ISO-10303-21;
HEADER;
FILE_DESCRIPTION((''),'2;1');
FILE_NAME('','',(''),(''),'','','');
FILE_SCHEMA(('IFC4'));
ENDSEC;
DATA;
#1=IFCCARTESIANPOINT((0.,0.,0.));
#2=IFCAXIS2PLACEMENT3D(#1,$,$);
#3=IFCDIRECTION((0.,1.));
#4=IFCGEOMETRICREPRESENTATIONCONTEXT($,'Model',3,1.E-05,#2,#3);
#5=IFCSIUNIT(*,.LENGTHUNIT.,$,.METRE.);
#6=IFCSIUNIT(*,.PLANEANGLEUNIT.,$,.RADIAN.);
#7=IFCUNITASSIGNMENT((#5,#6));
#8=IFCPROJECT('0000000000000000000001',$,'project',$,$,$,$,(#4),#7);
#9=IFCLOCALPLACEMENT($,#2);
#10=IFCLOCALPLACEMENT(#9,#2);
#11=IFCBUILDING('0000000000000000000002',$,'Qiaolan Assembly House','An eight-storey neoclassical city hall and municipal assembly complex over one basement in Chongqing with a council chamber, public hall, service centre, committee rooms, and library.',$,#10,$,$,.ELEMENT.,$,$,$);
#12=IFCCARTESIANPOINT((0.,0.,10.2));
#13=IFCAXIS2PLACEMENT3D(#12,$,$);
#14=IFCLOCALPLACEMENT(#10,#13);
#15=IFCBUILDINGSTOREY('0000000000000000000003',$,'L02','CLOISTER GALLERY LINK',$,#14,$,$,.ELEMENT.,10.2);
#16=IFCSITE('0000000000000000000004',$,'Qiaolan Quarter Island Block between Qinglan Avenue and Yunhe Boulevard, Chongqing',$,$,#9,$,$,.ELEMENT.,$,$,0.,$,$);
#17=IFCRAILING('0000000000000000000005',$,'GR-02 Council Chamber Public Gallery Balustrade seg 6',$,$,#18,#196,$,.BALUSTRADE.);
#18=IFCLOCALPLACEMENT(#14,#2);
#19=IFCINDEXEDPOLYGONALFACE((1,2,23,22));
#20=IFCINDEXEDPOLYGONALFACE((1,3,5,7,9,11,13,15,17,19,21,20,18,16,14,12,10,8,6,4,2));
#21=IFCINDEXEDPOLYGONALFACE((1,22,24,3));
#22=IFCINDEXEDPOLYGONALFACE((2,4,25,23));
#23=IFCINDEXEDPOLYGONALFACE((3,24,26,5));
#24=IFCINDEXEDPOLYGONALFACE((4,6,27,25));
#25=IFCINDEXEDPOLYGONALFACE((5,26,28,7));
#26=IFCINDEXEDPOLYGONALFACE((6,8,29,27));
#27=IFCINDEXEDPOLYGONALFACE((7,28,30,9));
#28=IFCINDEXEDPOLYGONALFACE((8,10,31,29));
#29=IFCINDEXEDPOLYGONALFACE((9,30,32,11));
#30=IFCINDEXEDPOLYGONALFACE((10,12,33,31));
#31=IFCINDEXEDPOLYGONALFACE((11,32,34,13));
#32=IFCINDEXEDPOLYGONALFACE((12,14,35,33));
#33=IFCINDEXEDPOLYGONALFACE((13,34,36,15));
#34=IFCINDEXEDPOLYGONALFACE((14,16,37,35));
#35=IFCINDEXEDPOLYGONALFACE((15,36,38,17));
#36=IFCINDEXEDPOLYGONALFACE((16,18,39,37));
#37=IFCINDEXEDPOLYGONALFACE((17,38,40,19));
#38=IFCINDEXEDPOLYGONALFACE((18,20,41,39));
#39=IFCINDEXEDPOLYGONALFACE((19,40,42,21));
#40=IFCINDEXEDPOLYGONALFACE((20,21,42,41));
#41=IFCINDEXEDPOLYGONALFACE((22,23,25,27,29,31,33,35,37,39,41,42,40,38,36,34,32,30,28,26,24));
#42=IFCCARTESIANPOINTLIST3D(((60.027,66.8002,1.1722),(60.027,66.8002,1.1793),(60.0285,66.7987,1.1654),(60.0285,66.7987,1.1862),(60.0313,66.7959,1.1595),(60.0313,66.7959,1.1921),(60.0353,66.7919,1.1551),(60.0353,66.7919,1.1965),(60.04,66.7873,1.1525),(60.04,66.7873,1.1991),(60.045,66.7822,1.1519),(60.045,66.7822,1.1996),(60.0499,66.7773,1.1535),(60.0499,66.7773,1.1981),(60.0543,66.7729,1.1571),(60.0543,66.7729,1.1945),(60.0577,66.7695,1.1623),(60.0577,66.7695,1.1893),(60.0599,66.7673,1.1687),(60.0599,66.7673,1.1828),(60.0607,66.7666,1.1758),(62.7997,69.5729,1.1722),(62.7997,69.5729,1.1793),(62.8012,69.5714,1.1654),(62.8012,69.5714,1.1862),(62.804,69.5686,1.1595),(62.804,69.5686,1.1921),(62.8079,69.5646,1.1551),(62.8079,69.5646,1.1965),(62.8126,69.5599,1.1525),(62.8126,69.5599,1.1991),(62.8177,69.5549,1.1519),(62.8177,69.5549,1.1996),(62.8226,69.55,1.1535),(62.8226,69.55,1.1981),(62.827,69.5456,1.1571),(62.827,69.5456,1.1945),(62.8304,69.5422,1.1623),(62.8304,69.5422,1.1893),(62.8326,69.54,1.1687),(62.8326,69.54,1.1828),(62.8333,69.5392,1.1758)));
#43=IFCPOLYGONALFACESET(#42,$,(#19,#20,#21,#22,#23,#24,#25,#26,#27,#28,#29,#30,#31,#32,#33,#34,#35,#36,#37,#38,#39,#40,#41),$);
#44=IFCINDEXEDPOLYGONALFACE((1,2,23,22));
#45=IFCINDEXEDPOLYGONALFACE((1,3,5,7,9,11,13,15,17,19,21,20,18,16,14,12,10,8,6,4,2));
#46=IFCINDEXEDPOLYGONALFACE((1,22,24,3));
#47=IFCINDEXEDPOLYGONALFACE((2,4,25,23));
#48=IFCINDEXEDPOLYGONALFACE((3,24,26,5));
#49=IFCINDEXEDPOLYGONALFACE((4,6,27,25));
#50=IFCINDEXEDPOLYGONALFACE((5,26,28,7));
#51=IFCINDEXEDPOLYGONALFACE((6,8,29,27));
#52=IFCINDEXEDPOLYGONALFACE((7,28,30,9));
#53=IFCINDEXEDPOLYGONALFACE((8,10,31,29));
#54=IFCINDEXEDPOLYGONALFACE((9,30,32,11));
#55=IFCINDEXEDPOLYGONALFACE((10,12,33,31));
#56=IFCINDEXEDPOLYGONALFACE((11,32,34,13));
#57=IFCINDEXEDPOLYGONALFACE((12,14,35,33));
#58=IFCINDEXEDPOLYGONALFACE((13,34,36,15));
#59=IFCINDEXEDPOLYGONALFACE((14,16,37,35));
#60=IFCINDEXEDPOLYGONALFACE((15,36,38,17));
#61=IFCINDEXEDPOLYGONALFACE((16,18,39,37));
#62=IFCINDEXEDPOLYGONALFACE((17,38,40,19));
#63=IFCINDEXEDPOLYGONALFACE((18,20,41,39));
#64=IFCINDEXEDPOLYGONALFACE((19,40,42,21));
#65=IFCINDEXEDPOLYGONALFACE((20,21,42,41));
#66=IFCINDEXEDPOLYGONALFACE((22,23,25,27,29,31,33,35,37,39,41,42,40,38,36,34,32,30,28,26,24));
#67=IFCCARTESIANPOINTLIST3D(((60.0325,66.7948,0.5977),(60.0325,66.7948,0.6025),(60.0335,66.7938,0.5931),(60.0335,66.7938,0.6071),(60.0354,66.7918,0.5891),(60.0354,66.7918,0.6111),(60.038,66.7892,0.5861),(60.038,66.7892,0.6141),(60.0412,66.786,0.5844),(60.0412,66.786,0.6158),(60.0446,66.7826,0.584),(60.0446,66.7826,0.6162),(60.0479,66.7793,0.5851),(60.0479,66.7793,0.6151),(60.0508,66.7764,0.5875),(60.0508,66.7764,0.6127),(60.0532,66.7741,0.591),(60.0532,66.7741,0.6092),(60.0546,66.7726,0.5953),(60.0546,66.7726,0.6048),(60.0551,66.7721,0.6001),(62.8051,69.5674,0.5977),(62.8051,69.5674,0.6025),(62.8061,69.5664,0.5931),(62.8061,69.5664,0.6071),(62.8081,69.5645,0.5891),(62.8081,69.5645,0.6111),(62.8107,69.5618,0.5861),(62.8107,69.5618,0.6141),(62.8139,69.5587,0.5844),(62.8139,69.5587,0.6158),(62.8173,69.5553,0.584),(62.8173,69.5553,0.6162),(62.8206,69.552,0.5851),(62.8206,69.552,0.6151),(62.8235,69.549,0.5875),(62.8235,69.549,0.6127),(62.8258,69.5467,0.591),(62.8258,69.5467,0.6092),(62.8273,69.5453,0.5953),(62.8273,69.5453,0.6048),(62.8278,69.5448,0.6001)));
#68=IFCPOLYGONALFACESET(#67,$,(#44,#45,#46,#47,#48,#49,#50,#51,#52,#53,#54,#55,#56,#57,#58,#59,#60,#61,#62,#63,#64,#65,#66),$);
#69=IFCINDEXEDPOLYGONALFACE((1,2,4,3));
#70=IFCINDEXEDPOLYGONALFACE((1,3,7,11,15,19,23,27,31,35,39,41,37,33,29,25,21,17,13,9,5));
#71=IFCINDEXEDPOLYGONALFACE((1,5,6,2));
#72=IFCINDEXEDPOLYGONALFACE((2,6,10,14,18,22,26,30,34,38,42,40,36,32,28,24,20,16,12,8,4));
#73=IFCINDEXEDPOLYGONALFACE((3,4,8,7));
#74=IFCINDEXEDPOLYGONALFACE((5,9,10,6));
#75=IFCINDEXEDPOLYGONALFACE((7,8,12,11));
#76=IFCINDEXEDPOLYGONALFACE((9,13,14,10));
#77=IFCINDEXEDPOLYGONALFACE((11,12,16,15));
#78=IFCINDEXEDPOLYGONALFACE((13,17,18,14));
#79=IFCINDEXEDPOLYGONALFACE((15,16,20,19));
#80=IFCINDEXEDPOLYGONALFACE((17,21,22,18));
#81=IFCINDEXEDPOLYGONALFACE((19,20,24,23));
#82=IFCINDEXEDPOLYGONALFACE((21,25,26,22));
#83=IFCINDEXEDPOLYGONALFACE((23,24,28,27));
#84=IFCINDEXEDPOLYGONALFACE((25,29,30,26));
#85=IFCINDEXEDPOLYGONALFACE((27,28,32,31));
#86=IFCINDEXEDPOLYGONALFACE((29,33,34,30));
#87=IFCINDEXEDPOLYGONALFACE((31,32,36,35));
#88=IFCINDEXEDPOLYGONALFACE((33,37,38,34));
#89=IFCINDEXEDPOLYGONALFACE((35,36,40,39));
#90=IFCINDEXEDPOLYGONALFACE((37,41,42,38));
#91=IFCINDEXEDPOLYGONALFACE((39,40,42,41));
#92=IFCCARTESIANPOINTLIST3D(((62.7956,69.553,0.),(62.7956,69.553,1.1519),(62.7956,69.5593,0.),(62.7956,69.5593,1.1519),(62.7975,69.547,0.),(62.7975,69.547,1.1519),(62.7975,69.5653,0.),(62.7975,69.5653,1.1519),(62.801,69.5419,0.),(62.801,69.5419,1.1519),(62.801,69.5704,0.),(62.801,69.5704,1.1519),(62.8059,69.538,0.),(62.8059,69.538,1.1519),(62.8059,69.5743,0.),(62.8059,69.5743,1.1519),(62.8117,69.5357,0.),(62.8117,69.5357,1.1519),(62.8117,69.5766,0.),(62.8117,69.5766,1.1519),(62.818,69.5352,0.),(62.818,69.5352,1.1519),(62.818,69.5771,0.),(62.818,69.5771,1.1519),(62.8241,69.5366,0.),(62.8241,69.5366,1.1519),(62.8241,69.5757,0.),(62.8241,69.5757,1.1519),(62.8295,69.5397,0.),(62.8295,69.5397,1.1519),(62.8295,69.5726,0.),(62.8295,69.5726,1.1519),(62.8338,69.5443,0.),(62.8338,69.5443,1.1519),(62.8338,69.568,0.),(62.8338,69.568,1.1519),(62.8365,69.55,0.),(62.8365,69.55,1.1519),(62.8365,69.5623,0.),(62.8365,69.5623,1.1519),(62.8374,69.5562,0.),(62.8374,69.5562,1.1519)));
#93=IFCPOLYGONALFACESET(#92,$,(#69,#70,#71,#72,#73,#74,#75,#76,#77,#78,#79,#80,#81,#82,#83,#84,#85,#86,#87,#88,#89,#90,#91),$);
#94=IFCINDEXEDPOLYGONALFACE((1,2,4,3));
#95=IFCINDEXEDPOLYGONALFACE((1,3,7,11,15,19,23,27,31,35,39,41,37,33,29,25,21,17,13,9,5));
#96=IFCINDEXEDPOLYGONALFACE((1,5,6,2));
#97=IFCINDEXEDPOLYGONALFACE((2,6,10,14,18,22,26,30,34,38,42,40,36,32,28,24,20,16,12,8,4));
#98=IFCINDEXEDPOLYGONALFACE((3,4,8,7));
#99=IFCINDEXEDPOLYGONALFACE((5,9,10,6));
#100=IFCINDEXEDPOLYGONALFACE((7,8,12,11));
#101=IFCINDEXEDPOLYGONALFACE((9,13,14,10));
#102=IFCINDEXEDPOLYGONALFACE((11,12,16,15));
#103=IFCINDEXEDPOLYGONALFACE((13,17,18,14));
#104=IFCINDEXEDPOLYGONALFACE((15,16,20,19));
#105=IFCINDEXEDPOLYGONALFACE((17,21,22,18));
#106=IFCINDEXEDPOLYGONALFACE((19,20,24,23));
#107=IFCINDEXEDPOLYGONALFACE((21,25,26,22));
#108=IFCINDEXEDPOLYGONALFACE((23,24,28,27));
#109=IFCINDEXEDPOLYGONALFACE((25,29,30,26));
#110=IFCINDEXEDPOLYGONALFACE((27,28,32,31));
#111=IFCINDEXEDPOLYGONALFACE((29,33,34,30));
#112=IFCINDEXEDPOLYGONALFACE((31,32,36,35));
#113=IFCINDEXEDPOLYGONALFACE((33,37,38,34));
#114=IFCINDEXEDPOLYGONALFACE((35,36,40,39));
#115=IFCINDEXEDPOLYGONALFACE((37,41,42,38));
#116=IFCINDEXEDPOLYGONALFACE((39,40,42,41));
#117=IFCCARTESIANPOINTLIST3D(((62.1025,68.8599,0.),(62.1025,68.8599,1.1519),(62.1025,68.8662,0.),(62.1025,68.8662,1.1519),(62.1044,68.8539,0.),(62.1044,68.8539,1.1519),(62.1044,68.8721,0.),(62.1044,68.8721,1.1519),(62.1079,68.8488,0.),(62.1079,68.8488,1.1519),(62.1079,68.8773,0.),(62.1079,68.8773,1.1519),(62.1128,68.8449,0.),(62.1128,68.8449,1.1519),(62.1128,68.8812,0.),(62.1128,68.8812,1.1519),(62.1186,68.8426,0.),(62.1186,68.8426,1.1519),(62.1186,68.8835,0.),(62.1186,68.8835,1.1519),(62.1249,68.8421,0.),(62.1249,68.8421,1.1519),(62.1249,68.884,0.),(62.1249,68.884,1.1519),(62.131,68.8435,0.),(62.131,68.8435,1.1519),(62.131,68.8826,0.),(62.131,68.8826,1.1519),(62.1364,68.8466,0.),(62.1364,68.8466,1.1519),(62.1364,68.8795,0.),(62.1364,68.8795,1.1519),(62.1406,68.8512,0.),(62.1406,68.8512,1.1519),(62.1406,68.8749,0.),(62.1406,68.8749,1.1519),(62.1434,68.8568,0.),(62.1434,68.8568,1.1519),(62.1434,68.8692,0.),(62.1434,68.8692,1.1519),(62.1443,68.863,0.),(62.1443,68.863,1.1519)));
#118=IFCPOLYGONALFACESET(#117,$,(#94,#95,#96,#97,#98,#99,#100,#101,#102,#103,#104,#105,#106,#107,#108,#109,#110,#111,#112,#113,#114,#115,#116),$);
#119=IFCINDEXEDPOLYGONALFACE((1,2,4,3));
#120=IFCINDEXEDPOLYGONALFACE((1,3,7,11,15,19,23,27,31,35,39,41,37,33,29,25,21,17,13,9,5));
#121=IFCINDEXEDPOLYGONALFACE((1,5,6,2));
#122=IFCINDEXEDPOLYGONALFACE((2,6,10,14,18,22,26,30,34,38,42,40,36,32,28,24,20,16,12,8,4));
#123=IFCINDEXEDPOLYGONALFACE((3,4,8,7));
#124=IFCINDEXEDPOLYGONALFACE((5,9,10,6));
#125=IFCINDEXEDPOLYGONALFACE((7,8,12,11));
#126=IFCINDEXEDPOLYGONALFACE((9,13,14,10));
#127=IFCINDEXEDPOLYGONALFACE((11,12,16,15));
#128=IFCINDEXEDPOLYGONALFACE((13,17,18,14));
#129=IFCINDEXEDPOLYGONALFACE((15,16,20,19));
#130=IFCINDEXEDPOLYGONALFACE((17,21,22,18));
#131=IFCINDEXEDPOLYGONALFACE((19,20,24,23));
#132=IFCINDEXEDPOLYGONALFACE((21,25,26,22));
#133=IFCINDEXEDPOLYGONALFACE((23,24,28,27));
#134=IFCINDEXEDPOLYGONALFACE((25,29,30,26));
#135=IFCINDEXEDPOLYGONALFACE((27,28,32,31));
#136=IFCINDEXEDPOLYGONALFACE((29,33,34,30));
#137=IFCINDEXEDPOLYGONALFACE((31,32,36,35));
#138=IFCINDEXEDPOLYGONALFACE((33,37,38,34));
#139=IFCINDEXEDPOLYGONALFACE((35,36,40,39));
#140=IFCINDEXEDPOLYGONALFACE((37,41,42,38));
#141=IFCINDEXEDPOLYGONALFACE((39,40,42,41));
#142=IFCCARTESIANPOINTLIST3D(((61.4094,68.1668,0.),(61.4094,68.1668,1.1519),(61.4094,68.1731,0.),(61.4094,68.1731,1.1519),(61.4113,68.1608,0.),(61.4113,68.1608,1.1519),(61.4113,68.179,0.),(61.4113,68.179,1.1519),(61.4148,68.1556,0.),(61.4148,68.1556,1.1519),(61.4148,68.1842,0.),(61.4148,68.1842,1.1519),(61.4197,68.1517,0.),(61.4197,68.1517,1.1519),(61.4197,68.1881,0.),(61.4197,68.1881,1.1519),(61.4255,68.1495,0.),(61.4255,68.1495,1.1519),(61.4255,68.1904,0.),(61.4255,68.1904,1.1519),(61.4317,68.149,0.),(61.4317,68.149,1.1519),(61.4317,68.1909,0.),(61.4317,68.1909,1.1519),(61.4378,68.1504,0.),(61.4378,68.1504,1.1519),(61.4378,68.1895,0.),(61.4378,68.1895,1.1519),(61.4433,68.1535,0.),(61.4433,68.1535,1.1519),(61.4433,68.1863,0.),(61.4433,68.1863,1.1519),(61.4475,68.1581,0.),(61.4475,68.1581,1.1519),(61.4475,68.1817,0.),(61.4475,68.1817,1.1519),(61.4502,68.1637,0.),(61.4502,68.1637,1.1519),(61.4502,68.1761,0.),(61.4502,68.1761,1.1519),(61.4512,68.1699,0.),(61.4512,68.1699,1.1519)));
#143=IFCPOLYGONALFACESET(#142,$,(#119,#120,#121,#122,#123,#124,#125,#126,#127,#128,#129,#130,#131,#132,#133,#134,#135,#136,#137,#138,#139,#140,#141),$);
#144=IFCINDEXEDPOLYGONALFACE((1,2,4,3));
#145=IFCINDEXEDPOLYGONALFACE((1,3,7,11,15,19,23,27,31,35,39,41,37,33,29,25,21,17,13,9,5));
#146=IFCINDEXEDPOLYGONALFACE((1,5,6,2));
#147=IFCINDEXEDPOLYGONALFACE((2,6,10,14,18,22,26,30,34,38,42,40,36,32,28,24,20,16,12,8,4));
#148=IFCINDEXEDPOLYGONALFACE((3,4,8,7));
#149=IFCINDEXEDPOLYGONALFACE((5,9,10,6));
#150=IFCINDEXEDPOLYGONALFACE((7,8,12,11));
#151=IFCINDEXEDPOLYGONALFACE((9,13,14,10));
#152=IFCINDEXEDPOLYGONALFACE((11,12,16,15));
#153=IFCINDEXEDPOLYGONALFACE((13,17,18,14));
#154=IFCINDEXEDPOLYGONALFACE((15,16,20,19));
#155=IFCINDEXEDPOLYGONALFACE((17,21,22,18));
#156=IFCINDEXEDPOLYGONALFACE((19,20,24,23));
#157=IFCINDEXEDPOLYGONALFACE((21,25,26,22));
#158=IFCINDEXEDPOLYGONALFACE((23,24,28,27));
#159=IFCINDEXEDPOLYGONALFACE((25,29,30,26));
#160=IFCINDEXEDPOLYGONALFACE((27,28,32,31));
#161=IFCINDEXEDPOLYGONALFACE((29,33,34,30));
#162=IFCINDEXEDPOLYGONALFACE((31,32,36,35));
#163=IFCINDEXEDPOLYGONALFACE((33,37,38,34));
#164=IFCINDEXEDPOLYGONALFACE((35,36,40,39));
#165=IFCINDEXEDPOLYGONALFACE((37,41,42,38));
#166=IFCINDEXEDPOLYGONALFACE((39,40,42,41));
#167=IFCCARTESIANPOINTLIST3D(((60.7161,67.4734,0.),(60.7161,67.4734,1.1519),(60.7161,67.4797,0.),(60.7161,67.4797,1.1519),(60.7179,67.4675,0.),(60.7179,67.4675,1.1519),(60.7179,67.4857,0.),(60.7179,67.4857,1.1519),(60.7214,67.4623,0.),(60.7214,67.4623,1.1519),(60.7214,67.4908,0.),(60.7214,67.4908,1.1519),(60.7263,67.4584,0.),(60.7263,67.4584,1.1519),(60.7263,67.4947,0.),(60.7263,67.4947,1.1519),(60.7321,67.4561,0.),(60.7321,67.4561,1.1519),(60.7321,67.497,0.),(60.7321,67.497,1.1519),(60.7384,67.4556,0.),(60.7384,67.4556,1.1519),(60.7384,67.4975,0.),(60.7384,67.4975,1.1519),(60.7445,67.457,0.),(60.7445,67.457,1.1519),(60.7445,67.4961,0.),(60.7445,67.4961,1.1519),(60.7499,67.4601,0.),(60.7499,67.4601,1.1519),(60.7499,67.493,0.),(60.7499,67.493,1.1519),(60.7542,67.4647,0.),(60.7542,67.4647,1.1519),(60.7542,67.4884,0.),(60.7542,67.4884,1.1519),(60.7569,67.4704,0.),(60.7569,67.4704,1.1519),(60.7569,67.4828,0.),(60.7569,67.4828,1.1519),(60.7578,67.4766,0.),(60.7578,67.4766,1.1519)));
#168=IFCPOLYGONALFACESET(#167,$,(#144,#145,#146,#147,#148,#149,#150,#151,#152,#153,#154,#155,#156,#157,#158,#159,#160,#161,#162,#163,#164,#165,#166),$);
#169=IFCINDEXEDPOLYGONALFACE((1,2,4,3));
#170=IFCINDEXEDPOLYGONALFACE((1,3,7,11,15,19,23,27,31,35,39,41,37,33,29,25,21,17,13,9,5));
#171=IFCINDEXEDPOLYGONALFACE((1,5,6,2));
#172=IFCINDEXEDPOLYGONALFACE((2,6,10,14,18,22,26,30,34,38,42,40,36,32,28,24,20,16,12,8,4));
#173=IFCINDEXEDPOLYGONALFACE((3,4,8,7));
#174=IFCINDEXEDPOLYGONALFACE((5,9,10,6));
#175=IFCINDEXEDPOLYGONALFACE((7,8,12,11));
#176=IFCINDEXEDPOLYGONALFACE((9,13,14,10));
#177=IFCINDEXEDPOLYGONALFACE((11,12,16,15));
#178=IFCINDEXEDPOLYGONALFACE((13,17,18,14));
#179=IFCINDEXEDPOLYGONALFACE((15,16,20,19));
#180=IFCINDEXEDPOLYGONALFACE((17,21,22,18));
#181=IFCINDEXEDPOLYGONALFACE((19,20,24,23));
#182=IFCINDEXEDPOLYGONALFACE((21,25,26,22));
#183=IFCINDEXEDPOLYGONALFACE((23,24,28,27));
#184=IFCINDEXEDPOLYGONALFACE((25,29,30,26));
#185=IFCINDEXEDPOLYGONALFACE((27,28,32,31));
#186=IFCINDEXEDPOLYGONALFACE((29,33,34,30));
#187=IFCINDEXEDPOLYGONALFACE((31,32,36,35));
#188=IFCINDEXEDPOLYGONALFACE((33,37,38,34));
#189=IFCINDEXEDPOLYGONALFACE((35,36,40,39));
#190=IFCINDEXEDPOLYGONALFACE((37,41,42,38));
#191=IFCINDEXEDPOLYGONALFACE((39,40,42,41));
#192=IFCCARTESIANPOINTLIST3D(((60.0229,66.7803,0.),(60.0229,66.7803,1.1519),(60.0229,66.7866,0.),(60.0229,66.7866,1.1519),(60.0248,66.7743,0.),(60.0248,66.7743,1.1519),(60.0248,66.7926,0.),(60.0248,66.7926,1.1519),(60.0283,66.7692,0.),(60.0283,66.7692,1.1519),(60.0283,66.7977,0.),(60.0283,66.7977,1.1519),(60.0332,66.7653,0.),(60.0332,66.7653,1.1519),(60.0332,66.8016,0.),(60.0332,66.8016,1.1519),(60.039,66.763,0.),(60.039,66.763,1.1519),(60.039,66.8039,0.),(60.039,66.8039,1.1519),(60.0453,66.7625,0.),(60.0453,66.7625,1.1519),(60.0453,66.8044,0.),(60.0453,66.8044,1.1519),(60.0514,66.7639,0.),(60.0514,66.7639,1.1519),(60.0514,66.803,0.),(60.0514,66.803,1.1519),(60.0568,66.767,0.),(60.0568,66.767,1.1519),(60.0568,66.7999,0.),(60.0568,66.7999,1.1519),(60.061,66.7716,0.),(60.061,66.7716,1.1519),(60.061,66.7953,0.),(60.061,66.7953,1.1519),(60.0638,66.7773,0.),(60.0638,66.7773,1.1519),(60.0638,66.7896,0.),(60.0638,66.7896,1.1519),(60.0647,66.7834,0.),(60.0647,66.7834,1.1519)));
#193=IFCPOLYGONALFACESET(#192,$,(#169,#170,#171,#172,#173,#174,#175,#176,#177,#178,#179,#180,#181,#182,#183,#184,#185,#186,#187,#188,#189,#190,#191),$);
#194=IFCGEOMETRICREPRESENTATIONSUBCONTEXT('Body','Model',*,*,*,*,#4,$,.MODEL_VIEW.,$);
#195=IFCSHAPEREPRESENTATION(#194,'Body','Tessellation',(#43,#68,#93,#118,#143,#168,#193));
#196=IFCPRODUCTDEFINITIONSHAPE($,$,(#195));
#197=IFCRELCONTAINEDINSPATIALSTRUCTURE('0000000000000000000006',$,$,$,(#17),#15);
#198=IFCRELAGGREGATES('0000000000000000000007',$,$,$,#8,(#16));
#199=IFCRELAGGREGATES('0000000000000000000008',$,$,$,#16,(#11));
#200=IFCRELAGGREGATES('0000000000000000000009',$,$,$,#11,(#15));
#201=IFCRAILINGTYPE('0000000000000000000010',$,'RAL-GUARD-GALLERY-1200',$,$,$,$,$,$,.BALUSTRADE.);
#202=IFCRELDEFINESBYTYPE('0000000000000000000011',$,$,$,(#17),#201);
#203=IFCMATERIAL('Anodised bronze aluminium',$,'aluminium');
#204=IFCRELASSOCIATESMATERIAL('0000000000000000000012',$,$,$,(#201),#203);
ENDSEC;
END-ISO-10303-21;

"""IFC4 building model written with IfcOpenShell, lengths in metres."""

from ifc_helpers import new_model, si_unit, direction, frame, origin, origin_2d, place, context, subcontext, project, spatial, circle, extrude, material, type_object, element, save


model = new_model("IFC4")

# Units and contexts
model_context = context("Model", 3, precision=1e-05, world=origin(), true_north=direction((0.0, 1.0)))
body_context = subcontext(model_context, "Body", "Model", "MODEL_VIEW")
ifc_project = project(units=[si_unit("LENGTHUNIT", "METRE"), si_unit("PLANEANGLEUNIT", "RADIAN")], contexts=[model_context])

# Site, building, storey
site_placement = place(None, origin())
site = spatial("IfcSite", under=ifc_project, at=site_placement, Name="Qiaolan Quarter Island Block between Qinglan Avenue and Yunhe Boulevard, Chongqing", CompositionType="ELEMENT", RefElevation=0.0)
building_placement = place(site_placement, origin())
building = spatial("IfcBuilding", under=site, at=building_placement, Name="Qiaolan Assembly House", Description="An eight-storey neoclassical city hall and municipal assembly complex over one basement in Chongqing with a council chamber, public hall, service centre, committee rooms, and library.", CompositionType="ELEMENT")
storey_placement = place(building_placement, frame((0.0, 0.0, 10.2)))
storey = spatial("IfcBuildingStorey", under=building, at=storey_placement, Name="L02", Description="CLOISTER GALLERY LINK", CompositionType="ELEMENT", Elevation=10.2)

# Railing
ifc_material_1 = material(Name="Anodised bronze aluminium", Category="aluminium")
railing_type = type_object("IfcRailingType", Name="RAL-GUARD-GALLERY-1200", PredefinedType="BALUSTRADE", material=ifc_material_1)
railing_1_placement = place(storey_placement, frame((62.8164, 69.5562, 0.0)))
element("IfcRailing", 1, at=railing_1_placement, inside=storey, type_object=railing_type, Name="GR-02 Council Chamber Public Gallery Balustrade seg 6", PredefinedType="BALUSTRADE", context=body_context, shape_type="SweptSolid", body=[
    extrude(circle(Radius=0.0239, at=origin_2d()), frame((0.0, 0.0, 1.1758), z_axis=(-0.707107, -0.707107, 0.0), x_axis=(0.707107, -0.707107, 0.0)), (0.0, 0.0, 1.0), 3.9211),
    extrude(circle(Radius=0.0161, at=origin_2d()), frame((0.0, 0.0, 0.6001), z_axis=(-0.707107, -0.707107, 0.0), x_axis=(0.707107, -0.707107, 0.0)), (0.0, 0.0, 1.0), 3.9211),
    extrude(circle(Radius=0.021, at=origin_2d()), origin(), (0.0, 0.0, 1.0), 1.1519),
    extrude(circle(Radius=0.021, at=origin_2d()), frame((-0.6931, -0.6931, 0.0)), (0.0, 0.0, 1.0), 1.1519),
    extrude(circle(Radius=0.021, at=origin_2d()), frame((-1.3862, -1.3862, 0.0)), (0.0, 0.0, 1.0), 1.1519),
    extrude(circle(Radius=0.021, at=origin_2d()), frame((-2.0796, -2.0796, 0.0)), (0.0, 0.0, 1.0), 1.1519),
    extrude(circle(Radius=0.021, at=origin_2d()), frame((-2.7727, -2.7727, 0.0)), (0.0, 0.0, 1.0), 1.1519),
])

save(model, "model.ifc")
